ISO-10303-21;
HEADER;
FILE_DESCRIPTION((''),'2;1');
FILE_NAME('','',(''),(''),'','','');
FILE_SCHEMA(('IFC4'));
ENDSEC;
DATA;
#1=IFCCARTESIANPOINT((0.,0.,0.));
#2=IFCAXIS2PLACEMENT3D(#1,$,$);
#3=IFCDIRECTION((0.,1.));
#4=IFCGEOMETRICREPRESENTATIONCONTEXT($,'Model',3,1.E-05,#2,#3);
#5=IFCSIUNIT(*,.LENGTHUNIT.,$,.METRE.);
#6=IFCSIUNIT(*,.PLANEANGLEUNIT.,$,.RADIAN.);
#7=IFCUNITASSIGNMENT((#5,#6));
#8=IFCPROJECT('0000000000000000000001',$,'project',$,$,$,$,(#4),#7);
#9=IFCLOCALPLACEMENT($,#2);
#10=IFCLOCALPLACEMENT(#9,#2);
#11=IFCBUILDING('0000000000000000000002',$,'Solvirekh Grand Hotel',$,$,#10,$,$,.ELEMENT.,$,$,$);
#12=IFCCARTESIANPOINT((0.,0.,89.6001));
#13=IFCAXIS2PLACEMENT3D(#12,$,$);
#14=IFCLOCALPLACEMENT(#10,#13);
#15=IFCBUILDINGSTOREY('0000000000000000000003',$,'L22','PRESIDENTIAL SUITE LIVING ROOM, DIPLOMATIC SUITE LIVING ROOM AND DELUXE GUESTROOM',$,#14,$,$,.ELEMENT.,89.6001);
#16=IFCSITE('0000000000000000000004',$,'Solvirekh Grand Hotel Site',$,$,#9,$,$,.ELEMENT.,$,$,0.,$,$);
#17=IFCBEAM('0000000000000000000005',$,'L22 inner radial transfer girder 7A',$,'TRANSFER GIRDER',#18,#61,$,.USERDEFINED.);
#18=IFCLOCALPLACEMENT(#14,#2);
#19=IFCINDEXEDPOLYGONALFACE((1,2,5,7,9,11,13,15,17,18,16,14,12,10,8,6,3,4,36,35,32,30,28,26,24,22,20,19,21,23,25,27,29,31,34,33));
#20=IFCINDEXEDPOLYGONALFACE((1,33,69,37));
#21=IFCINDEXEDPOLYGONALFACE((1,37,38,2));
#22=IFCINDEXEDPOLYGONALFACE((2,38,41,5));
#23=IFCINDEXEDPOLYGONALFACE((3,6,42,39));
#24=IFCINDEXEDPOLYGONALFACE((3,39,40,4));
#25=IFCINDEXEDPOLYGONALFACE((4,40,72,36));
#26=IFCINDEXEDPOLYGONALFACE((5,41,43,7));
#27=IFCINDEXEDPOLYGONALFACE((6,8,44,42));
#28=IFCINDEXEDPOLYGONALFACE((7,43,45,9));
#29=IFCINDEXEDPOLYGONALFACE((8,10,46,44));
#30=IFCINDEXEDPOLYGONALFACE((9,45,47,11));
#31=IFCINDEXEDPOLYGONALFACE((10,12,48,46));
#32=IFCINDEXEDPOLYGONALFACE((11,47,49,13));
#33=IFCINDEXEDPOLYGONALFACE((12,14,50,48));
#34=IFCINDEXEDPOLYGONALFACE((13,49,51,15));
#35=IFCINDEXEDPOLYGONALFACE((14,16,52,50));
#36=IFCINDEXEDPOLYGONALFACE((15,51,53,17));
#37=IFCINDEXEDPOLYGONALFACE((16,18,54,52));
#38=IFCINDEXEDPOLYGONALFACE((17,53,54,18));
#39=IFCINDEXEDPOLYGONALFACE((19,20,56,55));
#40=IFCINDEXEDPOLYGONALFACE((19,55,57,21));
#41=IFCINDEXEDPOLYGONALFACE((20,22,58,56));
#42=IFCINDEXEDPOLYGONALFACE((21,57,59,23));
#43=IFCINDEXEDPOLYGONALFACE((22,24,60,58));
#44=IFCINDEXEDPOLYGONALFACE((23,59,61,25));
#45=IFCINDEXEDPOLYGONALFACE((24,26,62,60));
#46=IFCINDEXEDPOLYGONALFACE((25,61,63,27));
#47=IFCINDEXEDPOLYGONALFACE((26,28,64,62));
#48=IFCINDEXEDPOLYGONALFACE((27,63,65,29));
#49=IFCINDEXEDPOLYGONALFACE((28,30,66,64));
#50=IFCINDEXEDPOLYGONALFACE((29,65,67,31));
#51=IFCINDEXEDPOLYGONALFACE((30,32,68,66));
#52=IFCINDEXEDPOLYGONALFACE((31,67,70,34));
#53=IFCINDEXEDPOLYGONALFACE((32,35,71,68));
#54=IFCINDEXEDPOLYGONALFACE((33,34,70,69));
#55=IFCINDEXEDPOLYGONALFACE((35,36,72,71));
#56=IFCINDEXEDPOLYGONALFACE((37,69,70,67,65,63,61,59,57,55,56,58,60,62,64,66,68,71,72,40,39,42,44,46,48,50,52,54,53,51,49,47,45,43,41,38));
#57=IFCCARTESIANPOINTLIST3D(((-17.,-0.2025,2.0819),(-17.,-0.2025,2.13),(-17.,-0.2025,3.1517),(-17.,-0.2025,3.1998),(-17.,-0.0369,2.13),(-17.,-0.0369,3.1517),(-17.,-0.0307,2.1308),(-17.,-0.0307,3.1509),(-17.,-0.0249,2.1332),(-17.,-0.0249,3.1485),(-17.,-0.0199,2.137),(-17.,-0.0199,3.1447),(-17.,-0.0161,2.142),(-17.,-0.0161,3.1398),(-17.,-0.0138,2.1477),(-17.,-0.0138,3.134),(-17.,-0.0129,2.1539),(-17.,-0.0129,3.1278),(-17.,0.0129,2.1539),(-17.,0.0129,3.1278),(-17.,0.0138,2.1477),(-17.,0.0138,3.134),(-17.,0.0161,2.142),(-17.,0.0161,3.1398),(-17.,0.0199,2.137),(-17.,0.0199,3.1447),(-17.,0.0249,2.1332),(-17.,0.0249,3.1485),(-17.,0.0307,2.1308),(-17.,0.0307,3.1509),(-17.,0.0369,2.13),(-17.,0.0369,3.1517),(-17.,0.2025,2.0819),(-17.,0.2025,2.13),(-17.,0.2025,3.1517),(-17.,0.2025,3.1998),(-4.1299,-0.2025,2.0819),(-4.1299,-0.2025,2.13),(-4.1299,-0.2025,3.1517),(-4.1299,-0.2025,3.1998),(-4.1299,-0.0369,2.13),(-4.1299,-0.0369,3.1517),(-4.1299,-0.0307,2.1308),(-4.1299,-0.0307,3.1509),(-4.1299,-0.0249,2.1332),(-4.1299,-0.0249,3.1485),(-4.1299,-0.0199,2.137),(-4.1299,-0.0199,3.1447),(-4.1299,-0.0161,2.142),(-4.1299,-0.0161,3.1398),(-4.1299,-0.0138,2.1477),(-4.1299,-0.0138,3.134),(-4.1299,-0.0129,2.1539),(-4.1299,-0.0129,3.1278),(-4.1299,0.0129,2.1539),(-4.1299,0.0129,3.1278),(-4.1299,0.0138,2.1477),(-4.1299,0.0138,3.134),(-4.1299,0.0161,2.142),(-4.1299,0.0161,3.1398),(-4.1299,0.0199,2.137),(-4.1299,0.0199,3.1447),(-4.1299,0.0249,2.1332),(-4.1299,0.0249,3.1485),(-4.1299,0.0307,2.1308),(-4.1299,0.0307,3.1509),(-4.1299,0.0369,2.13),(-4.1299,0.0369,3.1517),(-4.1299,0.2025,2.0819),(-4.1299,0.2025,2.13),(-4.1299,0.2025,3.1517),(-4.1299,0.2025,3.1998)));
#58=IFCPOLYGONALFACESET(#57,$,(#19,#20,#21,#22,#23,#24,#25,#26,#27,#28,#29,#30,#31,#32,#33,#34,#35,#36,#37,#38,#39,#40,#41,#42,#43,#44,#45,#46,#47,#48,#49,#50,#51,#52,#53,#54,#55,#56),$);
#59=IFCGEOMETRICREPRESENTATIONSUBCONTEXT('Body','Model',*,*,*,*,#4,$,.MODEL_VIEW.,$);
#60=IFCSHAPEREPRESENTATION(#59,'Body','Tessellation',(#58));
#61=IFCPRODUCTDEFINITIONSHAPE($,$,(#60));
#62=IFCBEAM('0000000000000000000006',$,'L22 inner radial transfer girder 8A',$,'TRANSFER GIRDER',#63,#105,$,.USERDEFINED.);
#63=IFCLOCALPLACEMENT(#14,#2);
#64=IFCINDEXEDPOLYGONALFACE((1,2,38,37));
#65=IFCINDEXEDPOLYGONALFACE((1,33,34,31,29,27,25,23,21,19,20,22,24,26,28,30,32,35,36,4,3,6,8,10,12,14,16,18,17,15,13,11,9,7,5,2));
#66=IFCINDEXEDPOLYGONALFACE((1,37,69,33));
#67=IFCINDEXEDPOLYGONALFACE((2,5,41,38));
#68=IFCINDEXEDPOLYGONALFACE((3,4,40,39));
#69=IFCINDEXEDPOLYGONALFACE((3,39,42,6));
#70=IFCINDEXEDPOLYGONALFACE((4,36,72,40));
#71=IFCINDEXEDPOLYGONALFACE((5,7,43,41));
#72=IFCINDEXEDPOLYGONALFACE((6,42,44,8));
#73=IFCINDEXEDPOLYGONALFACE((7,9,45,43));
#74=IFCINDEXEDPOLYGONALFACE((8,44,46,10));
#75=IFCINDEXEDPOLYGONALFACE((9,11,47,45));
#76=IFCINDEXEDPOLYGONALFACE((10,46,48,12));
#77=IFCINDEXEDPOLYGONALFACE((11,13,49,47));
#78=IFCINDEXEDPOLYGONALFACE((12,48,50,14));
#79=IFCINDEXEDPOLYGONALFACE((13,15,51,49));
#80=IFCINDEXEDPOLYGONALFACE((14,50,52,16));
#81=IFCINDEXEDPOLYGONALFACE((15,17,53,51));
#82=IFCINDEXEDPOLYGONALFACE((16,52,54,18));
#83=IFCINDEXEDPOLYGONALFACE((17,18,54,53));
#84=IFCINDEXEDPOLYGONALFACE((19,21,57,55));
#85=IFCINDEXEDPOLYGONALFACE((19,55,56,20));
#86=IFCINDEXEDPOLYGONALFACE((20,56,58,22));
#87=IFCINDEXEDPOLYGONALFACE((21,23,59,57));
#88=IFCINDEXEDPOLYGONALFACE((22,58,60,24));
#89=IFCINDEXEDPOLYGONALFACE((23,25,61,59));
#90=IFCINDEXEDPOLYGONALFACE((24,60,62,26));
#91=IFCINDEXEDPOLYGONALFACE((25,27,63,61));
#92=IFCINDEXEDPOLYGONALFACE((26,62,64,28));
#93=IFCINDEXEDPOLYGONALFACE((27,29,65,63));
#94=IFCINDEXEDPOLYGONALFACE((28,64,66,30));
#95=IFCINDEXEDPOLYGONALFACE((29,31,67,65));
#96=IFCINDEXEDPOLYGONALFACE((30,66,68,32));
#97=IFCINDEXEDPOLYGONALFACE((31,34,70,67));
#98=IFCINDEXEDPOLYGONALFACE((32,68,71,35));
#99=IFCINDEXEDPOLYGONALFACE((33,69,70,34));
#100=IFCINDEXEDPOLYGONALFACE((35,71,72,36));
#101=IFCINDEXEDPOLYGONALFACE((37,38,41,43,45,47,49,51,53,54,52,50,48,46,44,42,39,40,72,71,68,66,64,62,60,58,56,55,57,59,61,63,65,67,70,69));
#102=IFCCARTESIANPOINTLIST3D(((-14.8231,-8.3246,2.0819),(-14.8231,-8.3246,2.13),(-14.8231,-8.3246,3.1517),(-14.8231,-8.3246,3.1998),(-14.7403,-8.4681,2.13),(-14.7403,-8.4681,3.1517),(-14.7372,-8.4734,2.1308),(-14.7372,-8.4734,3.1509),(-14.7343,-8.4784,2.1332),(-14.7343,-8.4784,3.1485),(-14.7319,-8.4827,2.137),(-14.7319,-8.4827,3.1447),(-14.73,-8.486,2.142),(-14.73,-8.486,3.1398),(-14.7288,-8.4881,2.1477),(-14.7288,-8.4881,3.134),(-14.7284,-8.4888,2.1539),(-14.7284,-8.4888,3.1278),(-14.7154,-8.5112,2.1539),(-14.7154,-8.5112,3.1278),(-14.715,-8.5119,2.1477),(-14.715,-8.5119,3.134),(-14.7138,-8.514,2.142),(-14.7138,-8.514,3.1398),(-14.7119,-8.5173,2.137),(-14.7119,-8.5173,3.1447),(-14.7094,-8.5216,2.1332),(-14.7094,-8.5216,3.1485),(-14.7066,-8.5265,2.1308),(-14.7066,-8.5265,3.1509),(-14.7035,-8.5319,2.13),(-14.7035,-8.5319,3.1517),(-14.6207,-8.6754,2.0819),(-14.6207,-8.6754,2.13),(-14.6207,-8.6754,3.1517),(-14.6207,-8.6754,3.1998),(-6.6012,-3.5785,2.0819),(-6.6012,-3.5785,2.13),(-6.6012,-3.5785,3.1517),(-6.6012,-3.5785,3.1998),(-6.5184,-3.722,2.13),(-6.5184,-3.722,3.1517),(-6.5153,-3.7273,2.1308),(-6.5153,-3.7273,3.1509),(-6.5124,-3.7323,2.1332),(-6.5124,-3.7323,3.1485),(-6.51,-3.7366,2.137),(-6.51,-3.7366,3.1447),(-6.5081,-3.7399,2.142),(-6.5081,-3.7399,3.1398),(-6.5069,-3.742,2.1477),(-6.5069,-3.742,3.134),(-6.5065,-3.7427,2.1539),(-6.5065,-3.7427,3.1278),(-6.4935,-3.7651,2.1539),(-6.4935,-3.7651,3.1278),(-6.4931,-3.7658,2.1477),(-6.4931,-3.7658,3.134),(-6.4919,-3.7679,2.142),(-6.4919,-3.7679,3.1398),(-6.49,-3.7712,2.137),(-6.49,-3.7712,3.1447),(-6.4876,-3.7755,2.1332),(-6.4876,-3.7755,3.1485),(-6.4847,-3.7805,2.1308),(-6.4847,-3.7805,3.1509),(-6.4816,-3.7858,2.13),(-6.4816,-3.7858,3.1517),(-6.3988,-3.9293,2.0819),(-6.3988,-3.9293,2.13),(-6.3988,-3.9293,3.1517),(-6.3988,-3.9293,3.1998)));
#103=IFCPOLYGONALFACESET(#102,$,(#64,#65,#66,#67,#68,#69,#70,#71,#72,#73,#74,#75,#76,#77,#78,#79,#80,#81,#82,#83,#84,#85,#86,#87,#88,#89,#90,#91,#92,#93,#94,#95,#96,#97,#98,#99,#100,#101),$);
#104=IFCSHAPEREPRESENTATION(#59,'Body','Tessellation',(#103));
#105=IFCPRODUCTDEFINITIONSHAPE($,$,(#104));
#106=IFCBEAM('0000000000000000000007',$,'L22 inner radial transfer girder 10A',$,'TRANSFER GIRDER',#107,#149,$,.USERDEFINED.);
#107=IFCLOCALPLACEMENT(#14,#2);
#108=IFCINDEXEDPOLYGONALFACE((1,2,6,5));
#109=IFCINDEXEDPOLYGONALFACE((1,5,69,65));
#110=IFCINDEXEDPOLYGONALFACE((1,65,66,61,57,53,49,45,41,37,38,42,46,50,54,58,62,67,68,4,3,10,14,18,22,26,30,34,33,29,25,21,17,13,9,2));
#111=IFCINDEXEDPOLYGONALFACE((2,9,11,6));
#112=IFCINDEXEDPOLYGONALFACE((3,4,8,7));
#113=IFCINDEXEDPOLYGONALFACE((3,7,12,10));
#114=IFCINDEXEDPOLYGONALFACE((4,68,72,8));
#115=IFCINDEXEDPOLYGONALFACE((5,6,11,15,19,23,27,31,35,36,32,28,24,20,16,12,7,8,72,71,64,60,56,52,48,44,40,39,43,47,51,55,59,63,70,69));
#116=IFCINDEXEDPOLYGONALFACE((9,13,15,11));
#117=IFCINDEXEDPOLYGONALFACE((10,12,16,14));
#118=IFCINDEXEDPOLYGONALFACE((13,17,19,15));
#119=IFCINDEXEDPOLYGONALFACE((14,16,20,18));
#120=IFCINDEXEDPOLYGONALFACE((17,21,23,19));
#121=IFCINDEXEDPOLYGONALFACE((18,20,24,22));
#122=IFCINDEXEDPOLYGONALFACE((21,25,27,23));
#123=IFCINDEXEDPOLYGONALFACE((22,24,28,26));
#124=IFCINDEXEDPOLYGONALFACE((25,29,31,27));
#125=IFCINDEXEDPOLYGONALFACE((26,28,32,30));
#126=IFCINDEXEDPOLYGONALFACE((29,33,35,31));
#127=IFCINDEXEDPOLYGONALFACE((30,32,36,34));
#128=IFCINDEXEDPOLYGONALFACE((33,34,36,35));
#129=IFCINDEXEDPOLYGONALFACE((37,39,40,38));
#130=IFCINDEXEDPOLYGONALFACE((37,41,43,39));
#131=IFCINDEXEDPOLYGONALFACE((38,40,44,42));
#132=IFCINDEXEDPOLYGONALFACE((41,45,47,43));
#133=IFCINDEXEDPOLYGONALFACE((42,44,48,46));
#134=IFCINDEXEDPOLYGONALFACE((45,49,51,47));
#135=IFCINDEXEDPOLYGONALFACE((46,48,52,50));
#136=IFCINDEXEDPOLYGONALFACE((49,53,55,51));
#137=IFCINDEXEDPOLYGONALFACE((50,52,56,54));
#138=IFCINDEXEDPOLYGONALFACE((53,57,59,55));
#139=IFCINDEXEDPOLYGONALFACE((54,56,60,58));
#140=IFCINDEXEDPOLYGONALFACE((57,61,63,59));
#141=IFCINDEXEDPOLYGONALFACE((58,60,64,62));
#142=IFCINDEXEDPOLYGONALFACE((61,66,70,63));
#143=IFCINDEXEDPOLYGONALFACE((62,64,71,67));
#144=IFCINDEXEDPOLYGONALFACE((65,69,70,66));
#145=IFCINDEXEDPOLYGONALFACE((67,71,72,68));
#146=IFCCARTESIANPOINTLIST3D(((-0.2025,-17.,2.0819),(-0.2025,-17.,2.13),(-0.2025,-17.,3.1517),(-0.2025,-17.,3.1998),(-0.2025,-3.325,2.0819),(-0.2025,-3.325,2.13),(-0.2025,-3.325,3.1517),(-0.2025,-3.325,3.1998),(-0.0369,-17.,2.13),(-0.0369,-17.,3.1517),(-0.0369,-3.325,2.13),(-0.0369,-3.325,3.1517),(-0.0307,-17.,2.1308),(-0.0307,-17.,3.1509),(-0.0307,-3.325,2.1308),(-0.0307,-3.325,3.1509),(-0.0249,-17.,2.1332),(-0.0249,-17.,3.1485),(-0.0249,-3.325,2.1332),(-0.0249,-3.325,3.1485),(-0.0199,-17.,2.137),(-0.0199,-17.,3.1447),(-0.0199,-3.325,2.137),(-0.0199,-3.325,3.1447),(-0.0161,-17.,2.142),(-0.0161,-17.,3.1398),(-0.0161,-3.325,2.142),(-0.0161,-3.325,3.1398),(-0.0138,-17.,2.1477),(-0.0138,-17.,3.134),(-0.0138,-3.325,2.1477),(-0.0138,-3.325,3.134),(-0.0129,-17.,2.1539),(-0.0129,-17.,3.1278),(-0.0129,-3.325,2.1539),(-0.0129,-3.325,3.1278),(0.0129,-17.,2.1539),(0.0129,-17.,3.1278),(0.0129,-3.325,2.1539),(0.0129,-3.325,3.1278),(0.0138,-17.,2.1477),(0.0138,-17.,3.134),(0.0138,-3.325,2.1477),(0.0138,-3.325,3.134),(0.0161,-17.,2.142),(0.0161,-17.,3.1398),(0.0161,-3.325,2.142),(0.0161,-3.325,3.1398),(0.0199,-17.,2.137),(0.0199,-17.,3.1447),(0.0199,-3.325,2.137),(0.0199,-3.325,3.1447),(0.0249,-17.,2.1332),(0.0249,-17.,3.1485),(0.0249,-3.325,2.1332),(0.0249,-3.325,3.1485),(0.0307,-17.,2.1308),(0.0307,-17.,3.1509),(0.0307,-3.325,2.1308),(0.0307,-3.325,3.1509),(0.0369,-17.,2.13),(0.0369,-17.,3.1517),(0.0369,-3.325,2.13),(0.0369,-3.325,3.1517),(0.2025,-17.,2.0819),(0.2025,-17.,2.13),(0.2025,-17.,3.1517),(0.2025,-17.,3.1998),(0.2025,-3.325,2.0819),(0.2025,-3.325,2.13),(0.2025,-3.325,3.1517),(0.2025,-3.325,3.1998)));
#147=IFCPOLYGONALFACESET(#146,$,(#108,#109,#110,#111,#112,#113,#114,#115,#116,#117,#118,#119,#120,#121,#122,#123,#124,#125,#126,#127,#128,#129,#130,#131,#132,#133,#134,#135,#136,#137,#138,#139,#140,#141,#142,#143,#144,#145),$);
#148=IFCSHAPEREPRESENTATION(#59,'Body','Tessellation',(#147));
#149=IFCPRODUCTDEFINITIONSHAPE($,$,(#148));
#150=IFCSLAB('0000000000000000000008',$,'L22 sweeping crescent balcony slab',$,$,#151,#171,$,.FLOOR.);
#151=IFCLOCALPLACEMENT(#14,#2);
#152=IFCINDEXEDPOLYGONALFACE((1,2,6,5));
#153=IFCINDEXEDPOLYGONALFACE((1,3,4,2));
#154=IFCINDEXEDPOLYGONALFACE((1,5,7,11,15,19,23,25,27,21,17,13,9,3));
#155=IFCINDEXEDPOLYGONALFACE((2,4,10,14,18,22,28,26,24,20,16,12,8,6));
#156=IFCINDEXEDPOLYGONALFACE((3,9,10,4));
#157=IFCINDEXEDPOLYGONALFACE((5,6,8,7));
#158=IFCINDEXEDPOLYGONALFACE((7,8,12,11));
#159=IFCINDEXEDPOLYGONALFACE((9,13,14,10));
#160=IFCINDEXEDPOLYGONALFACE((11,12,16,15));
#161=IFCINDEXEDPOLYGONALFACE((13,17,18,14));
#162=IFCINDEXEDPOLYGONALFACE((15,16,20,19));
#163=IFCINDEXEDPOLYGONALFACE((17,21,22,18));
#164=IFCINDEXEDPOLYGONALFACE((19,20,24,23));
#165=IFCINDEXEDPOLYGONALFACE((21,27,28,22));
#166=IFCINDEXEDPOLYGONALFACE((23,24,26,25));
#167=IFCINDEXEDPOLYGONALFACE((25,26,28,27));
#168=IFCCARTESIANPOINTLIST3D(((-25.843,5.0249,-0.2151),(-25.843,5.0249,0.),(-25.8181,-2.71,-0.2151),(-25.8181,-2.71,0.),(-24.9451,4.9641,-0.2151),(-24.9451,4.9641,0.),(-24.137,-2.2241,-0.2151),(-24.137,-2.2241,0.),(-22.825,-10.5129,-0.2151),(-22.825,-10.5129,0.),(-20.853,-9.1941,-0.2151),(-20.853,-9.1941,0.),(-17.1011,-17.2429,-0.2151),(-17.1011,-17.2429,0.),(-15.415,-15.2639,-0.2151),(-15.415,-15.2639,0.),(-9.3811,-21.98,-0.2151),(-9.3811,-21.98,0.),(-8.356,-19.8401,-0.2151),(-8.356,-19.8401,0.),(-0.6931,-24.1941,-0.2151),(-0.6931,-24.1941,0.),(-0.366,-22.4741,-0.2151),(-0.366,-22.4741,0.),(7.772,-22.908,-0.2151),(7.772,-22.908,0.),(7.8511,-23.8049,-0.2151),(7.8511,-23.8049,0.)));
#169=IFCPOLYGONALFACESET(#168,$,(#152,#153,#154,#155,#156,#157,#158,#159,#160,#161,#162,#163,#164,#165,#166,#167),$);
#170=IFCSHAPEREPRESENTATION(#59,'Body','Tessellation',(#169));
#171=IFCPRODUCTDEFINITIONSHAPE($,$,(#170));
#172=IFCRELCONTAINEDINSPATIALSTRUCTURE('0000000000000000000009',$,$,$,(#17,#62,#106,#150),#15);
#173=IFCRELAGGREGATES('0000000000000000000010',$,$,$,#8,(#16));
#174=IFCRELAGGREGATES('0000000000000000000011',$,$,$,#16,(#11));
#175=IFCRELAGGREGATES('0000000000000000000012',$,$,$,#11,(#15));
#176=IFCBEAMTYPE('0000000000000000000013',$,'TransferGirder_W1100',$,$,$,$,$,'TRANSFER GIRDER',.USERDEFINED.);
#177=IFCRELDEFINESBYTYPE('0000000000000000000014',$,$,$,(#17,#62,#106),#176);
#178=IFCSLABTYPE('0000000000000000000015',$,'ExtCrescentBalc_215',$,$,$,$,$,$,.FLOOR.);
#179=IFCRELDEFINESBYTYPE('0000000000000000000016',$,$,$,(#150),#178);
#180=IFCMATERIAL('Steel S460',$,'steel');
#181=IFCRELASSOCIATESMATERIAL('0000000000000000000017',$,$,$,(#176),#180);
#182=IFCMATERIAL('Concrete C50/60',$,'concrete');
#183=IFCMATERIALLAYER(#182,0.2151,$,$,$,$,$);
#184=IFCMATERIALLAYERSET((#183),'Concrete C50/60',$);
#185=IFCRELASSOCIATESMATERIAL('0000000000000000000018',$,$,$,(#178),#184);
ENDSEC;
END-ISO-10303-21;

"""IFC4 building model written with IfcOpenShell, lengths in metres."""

from ifc_helpers import new_model, si_unit, direction, frame, origin, origin_2d, place, context, subcontext, project, spatial, polyline, i_section, outline, extrude, material, layer, layer_set, material_profile, profile_set, type_object, element, save


model = new_model("IFC4")

# Units and contexts
model_context = context("Model", 3, precision=1e-05, world=origin(), true_north=direction((0.0, 1.0)))
body_context = subcontext(model_context, "Body", "Model", "MODEL_VIEW")
ifc_project = project(units=[si_unit("LENGTHUNIT", "METRE"), si_unit("PLANEANGLEUNIT", "RADIAN")], contexts=[model_context])

# Site, building, storey
site_placement = place(None, origin())
site = spatial("IfcSite", under=ifc_project, at=site_placement, Name="Solvirekh Grand Hotel Site", CompositionType="ELEMENT", RefElevation=0.0)
building_placement = place(site_placement, origin())
building = spatial("IfcBuilding", under=site, at=building_placement, Name="Solvirekh Grand Hotel", CompositionType="ELEMENT")
storey_placement = place(building_placement, frame((0.0, 0.0, 89.6001)))
storey = spatial("IfcBuildingStorey", under=building, at=storey_placement, Name="L22", Description="PRESIDENTIAL SUITE LIVING ROOM, DIPLOMATIC SUITE LIVING ROOM AND DELUXE GUESTROOM", CompositionType="ELEMENT", Elevation=89.6001)

# Beams
ifc_material_1 = material(Name="Steel S460", Category="steel")
ifc_material_profile = material_profile(ifc_material_1, i_section(OverallWidth=0.405, OverallDepth=1.1179, WebThickness=0.0259, FlangeThickness=0.0481, FilletRadius=0.0239, at=origin_2d()), Name="W1100X499")
ifc_profile_set = profile_set([ifc_material_profile], Name="Steel S460")
beam_type = type_object("IfcBeamType", Name="TransferGirder_W1100", ElementType="TRANSFER GIRDER", PredefinedType="USERDEFINED", material=ifc_profile_set)
beam_1_placement = place(storey_placement, frame((-4.1299, 0.0, 2.6409), z_axis=(-1.0, 0.0, 0.0), x_axis=(0.0, -1.0, 0.0)))
element("IfcBeam", 1, at=beam_1_placement, inside=storey, type_object=beam_type, Name="L22 inner radial transfer girder 7A", ObjectType="TRANSFER GIRDER", PredefinedType="USERDEFINED", context=body_context, shape_type="SweptSolid", body=[
    extrude(i_section(OverallWidth=0.405, OverallDepth=1.1179, WebThickness=0.0259, FlangeThickness=0.0481, FilletRadius=0.0239, at=origin_2d()), origin(), (0.0, 0.0, 1.0), 12.8701),
])
beam_2_placement = place(storey_placement, frame((-6.5, -3.7539, 2.6409), z_axis=(-0.866064, -0.499934, 0.0), x_axis=(0.499934, -0.866064, 0.0)))
element("IfcBeam", 2, at=beam_2_placement, inside=storey, type_object=beam_type, Name="L22 inner radial transfer girder 8A", ObjectType="TRANSFER GIRDER", PredefinedType="USERDEFINED", context=body_context, shape_type="SweptSolid", body=[
    extrude(i_section(OverallWidth=0.405, OverallDepth=1.1179, WebThickness=0.0259, FlangeThickness=0.0481, FilletRadius=0.0239, at=origin_2d()), origin(), (0.0, 0.0, 1.0), 9.4934),
])
beam_3_placement = place(storey_placement, frame((0.0, -3.325, 2.6409), z_axis=(0.0, -1.0, 0.0), x_axis=(1.0, 0.0, 0.0)))
element("IfcBeam", 3, at=beam_3_placement, inside=storey, type_object=beam_type, Name="L22 inner radial transfer girder 10A", ObjectType="TRANSFER GIRDER", PredefinedType="USERDEFINED", context=body_context, shape_type="SweptSolid", body=[
    extrude(i_section(OverallWidth=0.405, OverallDepth=1.1179, WebThickness=0.0259, FlangeThickness=0.0481, FilletRadius=0.0239, at=origin_2d()), origin(), (0.0, 0.0, 1.0), 13.675),
])

# Slab
ifc_material_2 = material(Name="Concrete C50/60", Category="concrete")
ifc_layer_1 = layer(ifc_material_2, 0.2151)
ifc_layer_set_1 = layer_set([ifc_layer_1], Name="Concrete C50/60")
slab_type_1 = type_object("IfcSlabType", Name="ExtCrescentBalc_215", PredefinedType="FLOOR", material=ifc_layer_set_1)
slab_1_placement = place(storey_placement, frame((0.0, 0.0, -0.2151)))
element("IfcSlab", 4, at=slab_1_placement, inside=storey, type_object=slab_type_1, Name="L22 sweeping crescent balcony slab", PredefinedType="FLOOR", context=body_context, shape_type="SweptSolid", body=[
    extrude(outline(polyline([(-25.843, 5.0249), (-25.8181, -2.71), (-22.825, -10.5129), (-17.1011, -17.2429), (-9.3811, -21.98), (-0.6931, -24.1941), (7.8511, -23.8049), (7.772, -22.908), (-0.366, -22.4741), (-8.356, -19.8401), (-15.415, -15.2639), (-20.853, -9.1941), (-24.137, -2.2241), (-24.9451, 4.9641), (-25.843, 5.0249)])), origin(), (0.0, 0.0, 1.0), 0.2151),
])

save(model, "model.ifc")
